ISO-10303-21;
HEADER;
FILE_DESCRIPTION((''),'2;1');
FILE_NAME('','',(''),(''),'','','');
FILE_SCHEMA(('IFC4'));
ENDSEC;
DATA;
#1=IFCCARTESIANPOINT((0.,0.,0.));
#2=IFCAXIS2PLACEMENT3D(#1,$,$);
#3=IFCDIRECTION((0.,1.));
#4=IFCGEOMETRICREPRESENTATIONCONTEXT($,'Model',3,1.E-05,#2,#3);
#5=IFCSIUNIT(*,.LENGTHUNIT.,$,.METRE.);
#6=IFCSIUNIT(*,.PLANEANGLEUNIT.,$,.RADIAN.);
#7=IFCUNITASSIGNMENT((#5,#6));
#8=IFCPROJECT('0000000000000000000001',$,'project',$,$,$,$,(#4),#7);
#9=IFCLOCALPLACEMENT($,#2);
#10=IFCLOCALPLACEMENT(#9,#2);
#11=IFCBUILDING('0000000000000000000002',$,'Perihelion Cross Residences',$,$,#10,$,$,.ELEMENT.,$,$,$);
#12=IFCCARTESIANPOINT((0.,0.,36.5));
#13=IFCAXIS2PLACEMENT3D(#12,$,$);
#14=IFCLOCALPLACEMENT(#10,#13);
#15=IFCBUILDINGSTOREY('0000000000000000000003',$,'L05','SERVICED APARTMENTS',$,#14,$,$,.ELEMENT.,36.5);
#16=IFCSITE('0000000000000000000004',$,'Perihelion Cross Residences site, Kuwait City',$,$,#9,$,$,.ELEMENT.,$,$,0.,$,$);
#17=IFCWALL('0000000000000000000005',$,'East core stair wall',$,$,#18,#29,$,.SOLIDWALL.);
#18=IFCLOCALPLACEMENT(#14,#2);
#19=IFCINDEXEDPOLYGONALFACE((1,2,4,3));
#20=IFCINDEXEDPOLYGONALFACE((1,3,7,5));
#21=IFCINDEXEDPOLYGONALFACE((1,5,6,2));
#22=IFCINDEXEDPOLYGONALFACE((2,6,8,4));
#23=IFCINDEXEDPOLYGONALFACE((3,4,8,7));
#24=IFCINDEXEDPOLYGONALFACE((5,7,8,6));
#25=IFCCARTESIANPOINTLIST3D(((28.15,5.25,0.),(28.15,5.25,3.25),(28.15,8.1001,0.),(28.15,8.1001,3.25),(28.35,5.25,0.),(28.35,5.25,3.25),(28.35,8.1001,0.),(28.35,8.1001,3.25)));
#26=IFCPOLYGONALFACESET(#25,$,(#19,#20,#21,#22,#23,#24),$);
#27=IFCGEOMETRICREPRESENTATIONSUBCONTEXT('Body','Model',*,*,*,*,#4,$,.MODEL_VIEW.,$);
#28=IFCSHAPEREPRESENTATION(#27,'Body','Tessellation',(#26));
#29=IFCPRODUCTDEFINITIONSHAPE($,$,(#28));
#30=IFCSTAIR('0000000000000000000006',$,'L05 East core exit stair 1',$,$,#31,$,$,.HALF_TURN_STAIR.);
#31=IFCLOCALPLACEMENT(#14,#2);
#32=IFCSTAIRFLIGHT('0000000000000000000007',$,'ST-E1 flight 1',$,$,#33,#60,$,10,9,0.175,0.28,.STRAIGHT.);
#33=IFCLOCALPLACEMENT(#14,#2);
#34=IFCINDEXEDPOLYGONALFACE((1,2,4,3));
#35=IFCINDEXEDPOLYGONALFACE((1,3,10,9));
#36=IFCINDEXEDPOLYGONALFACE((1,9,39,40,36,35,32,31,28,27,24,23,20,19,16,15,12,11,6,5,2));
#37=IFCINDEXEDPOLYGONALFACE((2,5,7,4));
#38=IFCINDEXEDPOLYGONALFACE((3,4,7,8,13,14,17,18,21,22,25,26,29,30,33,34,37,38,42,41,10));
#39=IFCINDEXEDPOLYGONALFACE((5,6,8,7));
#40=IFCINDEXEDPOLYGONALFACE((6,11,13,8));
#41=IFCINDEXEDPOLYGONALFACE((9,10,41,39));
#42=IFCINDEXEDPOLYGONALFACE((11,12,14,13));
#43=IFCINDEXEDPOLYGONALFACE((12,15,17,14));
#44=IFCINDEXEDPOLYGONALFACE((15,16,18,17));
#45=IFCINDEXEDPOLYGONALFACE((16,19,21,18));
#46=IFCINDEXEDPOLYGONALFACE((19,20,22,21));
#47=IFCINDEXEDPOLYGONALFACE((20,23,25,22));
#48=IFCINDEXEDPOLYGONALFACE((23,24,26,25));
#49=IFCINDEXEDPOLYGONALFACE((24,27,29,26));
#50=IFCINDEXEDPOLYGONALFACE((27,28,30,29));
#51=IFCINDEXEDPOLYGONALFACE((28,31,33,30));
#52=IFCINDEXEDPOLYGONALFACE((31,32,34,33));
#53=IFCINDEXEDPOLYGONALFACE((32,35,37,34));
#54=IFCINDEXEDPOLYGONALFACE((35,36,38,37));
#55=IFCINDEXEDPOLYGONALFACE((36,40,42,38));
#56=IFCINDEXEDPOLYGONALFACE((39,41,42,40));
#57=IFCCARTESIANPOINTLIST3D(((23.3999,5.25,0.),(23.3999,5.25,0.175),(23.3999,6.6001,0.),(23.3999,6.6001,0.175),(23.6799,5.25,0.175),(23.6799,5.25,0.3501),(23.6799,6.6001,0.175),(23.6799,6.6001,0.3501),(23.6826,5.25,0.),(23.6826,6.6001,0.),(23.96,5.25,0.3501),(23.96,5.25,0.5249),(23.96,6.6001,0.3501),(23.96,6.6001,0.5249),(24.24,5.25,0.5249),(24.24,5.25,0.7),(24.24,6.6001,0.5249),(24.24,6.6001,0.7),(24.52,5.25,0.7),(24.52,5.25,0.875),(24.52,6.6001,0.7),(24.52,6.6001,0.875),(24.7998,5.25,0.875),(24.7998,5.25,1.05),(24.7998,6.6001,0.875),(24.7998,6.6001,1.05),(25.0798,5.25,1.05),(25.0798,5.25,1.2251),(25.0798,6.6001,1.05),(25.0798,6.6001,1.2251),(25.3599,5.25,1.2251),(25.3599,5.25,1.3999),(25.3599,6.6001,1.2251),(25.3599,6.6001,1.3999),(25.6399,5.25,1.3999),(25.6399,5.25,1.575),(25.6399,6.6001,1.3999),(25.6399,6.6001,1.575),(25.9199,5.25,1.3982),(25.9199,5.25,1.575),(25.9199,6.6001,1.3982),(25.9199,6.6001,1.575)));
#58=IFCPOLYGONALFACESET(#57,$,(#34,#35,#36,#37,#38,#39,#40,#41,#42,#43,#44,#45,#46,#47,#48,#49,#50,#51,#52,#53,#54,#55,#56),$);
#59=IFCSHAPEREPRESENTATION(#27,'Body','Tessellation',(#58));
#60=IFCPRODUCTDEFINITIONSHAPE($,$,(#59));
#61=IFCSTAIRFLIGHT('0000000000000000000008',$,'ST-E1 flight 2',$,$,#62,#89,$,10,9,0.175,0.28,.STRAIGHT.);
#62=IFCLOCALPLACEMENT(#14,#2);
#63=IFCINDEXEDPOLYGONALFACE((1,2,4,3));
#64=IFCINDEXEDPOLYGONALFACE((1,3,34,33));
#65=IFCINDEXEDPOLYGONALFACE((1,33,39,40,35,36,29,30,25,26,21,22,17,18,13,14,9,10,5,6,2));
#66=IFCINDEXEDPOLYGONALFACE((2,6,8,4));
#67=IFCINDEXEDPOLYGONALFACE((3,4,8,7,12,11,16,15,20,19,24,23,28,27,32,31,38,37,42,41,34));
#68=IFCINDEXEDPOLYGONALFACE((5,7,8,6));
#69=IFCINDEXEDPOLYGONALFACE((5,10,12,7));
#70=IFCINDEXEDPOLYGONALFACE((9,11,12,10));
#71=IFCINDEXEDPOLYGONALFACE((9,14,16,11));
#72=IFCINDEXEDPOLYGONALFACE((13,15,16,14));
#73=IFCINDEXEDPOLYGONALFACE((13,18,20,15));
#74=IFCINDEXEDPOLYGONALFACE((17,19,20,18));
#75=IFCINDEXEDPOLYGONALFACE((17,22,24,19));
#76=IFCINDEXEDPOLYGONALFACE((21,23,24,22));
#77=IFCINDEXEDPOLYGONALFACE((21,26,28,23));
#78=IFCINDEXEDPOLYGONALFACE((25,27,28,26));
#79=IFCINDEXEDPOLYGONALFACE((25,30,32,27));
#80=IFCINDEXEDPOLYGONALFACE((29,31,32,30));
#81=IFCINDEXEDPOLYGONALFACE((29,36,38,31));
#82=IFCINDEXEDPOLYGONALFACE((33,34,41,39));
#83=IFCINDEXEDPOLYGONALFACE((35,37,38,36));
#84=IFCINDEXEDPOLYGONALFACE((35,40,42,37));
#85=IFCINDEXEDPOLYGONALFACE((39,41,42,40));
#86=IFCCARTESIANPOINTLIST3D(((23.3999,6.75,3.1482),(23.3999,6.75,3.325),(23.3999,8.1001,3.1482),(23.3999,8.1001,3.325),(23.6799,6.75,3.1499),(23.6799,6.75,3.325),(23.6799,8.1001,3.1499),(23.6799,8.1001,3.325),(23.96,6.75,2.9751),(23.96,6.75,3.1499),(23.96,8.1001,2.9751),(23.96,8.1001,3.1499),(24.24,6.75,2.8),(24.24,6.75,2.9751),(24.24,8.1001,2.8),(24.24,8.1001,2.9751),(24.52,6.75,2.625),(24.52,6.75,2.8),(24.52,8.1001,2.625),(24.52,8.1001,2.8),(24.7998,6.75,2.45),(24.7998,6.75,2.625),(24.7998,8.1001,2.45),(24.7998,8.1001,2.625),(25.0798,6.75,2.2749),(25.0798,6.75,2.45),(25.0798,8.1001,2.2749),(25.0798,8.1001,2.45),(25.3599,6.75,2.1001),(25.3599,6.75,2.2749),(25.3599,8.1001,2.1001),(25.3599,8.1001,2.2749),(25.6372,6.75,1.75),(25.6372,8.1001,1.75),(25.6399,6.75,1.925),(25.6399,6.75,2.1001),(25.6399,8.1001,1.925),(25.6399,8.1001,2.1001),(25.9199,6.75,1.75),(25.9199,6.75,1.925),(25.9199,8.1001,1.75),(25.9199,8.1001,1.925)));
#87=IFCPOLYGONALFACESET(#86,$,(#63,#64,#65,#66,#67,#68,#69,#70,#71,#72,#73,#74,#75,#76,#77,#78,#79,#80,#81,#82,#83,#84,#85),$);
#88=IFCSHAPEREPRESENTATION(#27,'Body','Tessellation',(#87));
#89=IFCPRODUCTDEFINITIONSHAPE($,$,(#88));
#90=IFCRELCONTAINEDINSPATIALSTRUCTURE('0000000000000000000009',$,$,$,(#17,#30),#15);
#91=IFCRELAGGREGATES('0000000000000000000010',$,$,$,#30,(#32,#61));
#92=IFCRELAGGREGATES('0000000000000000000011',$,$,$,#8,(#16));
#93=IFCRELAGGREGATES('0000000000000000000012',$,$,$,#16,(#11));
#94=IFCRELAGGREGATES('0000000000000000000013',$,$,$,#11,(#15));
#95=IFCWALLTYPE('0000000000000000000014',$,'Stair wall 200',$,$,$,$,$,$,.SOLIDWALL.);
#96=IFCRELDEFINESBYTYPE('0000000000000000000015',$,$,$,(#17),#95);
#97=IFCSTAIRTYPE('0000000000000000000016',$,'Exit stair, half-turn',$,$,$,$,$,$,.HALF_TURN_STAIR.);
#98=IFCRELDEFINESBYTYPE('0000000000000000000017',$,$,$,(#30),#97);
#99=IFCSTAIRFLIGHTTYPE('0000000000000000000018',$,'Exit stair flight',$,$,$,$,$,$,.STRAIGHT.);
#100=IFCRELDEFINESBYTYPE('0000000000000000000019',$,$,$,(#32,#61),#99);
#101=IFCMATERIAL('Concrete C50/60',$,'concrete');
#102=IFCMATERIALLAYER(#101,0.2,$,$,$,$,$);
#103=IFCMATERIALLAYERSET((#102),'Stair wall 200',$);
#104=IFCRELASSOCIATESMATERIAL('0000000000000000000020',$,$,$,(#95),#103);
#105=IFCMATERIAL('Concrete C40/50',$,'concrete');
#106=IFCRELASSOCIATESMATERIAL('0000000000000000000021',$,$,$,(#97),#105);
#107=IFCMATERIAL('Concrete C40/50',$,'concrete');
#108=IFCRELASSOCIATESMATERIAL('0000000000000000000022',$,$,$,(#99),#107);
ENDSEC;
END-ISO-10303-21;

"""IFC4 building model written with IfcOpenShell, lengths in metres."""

from ifc_helpers import new_model, si_unit, direction, frame, frame_2d, origin, place, context, subcontext, project, spatial, polyline, rectangle, outline, extrude, material, layer, layer_set, type_object, element, aggregate, save


model = new_model("IFC4")

# Units and contexts
model_context = context("Model", 3, precision=1e-05, world=origin(), true_north=direction((0.0, 1.0)))
body_context = subcontext(model_context, "Body", "Model", "MODEL_VIEW")
ifc_project = project(units=[si_unit("LENGTHUNIT", "METRE"), si_unit("PLANEANGLEUNIT", "RADIAN")], contexts=[model_context])

# Site, building, storey
site_placement = place(None, origin())
site = spatial("IfcSite", under=ifc_project, at=site_placement, Name="Perihelion Cross Residences site, Kuwait City", CompositionType="ELEMENT", RefElevation=0.0)
building_placement = place(site_placement, origin())
building = spatial("IfcBuilding", under=site, at=building_placement, Name="Perihelion Cross Residences", CompositionType="ELEMENT")
storey_placement = place(building_placement, frame((0.0, 0.0, 36.5)))
storey = spatial("IfcBuildingStorey", under=building, at=storey_placement, Name="L05", Description="SERVICED APARTMENTS", CompositionType="ELEMENT", Elevation=36.5)

# Wall
ifc_material_1 = material(Name="Concrete C50/60", Category="concrete")
ifc_layer_1 = layer(ifc_material_1, 0.2)
ifc_layer_set_1 = layer_set([ifc_layer_1], Name="Stair wall 200")
wall_type_1 = type_object("IfcWallType", Name="Stair wall 200", PredefinedType="SOLIDWALL", material=ifc_layer_set_1)
wall_1_placement = place(storey_placement, frame((28.25, 5.25, 0.0), z_axis=(0.0, 0.0, 1.0), x_axis=(0.0, 1.0, 0.0)))
element("IfcWall", 1, at=wall_1_placement, inside=storey, type_object=wall_type_1, Name="East core stair wall", PredefinedType="SOLIDWALL", context=body_context, shape_type="SweptSolid", body=[
    extrude(rectangle(XDim=2.8501, YDim=0.2, at=frame_2d((1.425, 0.0))), origin(), (0.0, 0.0, 1.0), 3.25),
])

# Stair, stair flights
ifc_material_2 = material(Name="Concrete C40/50", Category="concrete")
stair_type = type_object("IfcStairType", Name="Exit stair, half-turn", PredefinedType="HALF_TURN_STAIR", material=ifc_material_2)
stair_placement = place(storey_placement, origin())
stair = element("IfcStair", 2, at=stair_placement, inside=storey, type_object=stair_type, Name="L05 East core exit stair 1", PredefinedType="HALF_TURN_STAIR")
ifc_material_3 = material(Name="Concrete C40/50", Category="concrete")
stair_flight_type = type_object("IfcStairFlightType", Name="Exit stair flight", PredefinedType="STRAIGHT", material=ifc_material_3)
stair_flight_1_placement = place(storey_placement, frame((23.3999, 5.925, 0.0), z_axis=(0.0, 0.0, 1.0), x_axis=(1.0, 0.0, 0.0)))
stair_flight_1 = element("IfcStairFlight", 3, at=stair_flight_1_placement, type_object=stair_flight_type, Name="ST-E1 flight 1", NumberOfRisers=10, NumberOfTreads=9, PredefinedType="STRAIGHT", RiserHeight=0.175, TreadLength=0.28, context=body_context, shape_type="SweptSolid", body=[
    extrude(outline(polyline([(0.0, 0.0), (0.0, 0.175), (0.28, 0.175), (0.28, 0.3501), (0.5601, 0.3501), (0.5601, 0.5249), (0.8401, 0.5249), (0.8401, 0.7), (1.1201, 0.7), (1.1201, 0.875), (1.3999, 0.875), (1.3999, 1.05), (1.6799, 1.05), (1.6799, 1.2251), (1.96, 1.2251), (1.96, 1.3999), (2.24, 1.3999), (2.24, 1.575), (2.52, 1.575), (2.52, 1.75), (2.52, 1.3982), (0.2827, 0.0), (0.0, 0.0)])), frame((0.0, 0.675, 0.0), z_axis=(0.0, -1.0, 0.0), x_axis=(1.0, 0.0, 0.0)), (0.0, 0.0, 1.0), 1.3501),
])
stair_flight_2_placement = place(storey_placement, frame((25.9199, 7.425, 1.75), z_axis=(0.0, 0.0, 1.0), x_axis=(-1.0, 0.0, 0.0)))
stair_flight_2 = element("IfcStairFlight", 4, at=stair_flight_2_placement, type_object=stair_flight_type, Name="ST-E1 flight 2", NumberOfRisers=10, NumberOfTreads=9, PredefinedType="STRAIGHT", RiserHeight=0.175, TreadLength=0.28, context=body_context, shape_type="SweptSolid", body=[
    extrude(outline(polyline([(0.0, 0.0), (0.0, 0.175), (0.28, 0.175), (0.28, 0.3501), (0.5601, 0.3501), (0.5601, 0.5249), (0.8401, 0.5249), (0.8401, 0.7), (1.1201, 0.7), (1.1201, 0.875), (1.3999, 0.875), (1.3999, 1.05), (1.6799, 1.05), (1.6799, 1.2251), (1.96, 1.2251), (1.96, 1.3999), (2.24, 1.3999), (2.24, 1.575), (2.52, 1.575), (2.52, 1.75), (2.52, 1.3982), (0.2827, 0.0), (0.0, 0.0)])), frame((0.0, 0.675, 0.0), z_axis=(0.0, -1.0, 0.0), x_axis=(1.0, 0.0, 0.0)), (0.0, 0.0, 1.0), 1.3501),
])
aggregate(stair, [stair_flight_1, stair_flight_2])

save(model, "model.ifc")
